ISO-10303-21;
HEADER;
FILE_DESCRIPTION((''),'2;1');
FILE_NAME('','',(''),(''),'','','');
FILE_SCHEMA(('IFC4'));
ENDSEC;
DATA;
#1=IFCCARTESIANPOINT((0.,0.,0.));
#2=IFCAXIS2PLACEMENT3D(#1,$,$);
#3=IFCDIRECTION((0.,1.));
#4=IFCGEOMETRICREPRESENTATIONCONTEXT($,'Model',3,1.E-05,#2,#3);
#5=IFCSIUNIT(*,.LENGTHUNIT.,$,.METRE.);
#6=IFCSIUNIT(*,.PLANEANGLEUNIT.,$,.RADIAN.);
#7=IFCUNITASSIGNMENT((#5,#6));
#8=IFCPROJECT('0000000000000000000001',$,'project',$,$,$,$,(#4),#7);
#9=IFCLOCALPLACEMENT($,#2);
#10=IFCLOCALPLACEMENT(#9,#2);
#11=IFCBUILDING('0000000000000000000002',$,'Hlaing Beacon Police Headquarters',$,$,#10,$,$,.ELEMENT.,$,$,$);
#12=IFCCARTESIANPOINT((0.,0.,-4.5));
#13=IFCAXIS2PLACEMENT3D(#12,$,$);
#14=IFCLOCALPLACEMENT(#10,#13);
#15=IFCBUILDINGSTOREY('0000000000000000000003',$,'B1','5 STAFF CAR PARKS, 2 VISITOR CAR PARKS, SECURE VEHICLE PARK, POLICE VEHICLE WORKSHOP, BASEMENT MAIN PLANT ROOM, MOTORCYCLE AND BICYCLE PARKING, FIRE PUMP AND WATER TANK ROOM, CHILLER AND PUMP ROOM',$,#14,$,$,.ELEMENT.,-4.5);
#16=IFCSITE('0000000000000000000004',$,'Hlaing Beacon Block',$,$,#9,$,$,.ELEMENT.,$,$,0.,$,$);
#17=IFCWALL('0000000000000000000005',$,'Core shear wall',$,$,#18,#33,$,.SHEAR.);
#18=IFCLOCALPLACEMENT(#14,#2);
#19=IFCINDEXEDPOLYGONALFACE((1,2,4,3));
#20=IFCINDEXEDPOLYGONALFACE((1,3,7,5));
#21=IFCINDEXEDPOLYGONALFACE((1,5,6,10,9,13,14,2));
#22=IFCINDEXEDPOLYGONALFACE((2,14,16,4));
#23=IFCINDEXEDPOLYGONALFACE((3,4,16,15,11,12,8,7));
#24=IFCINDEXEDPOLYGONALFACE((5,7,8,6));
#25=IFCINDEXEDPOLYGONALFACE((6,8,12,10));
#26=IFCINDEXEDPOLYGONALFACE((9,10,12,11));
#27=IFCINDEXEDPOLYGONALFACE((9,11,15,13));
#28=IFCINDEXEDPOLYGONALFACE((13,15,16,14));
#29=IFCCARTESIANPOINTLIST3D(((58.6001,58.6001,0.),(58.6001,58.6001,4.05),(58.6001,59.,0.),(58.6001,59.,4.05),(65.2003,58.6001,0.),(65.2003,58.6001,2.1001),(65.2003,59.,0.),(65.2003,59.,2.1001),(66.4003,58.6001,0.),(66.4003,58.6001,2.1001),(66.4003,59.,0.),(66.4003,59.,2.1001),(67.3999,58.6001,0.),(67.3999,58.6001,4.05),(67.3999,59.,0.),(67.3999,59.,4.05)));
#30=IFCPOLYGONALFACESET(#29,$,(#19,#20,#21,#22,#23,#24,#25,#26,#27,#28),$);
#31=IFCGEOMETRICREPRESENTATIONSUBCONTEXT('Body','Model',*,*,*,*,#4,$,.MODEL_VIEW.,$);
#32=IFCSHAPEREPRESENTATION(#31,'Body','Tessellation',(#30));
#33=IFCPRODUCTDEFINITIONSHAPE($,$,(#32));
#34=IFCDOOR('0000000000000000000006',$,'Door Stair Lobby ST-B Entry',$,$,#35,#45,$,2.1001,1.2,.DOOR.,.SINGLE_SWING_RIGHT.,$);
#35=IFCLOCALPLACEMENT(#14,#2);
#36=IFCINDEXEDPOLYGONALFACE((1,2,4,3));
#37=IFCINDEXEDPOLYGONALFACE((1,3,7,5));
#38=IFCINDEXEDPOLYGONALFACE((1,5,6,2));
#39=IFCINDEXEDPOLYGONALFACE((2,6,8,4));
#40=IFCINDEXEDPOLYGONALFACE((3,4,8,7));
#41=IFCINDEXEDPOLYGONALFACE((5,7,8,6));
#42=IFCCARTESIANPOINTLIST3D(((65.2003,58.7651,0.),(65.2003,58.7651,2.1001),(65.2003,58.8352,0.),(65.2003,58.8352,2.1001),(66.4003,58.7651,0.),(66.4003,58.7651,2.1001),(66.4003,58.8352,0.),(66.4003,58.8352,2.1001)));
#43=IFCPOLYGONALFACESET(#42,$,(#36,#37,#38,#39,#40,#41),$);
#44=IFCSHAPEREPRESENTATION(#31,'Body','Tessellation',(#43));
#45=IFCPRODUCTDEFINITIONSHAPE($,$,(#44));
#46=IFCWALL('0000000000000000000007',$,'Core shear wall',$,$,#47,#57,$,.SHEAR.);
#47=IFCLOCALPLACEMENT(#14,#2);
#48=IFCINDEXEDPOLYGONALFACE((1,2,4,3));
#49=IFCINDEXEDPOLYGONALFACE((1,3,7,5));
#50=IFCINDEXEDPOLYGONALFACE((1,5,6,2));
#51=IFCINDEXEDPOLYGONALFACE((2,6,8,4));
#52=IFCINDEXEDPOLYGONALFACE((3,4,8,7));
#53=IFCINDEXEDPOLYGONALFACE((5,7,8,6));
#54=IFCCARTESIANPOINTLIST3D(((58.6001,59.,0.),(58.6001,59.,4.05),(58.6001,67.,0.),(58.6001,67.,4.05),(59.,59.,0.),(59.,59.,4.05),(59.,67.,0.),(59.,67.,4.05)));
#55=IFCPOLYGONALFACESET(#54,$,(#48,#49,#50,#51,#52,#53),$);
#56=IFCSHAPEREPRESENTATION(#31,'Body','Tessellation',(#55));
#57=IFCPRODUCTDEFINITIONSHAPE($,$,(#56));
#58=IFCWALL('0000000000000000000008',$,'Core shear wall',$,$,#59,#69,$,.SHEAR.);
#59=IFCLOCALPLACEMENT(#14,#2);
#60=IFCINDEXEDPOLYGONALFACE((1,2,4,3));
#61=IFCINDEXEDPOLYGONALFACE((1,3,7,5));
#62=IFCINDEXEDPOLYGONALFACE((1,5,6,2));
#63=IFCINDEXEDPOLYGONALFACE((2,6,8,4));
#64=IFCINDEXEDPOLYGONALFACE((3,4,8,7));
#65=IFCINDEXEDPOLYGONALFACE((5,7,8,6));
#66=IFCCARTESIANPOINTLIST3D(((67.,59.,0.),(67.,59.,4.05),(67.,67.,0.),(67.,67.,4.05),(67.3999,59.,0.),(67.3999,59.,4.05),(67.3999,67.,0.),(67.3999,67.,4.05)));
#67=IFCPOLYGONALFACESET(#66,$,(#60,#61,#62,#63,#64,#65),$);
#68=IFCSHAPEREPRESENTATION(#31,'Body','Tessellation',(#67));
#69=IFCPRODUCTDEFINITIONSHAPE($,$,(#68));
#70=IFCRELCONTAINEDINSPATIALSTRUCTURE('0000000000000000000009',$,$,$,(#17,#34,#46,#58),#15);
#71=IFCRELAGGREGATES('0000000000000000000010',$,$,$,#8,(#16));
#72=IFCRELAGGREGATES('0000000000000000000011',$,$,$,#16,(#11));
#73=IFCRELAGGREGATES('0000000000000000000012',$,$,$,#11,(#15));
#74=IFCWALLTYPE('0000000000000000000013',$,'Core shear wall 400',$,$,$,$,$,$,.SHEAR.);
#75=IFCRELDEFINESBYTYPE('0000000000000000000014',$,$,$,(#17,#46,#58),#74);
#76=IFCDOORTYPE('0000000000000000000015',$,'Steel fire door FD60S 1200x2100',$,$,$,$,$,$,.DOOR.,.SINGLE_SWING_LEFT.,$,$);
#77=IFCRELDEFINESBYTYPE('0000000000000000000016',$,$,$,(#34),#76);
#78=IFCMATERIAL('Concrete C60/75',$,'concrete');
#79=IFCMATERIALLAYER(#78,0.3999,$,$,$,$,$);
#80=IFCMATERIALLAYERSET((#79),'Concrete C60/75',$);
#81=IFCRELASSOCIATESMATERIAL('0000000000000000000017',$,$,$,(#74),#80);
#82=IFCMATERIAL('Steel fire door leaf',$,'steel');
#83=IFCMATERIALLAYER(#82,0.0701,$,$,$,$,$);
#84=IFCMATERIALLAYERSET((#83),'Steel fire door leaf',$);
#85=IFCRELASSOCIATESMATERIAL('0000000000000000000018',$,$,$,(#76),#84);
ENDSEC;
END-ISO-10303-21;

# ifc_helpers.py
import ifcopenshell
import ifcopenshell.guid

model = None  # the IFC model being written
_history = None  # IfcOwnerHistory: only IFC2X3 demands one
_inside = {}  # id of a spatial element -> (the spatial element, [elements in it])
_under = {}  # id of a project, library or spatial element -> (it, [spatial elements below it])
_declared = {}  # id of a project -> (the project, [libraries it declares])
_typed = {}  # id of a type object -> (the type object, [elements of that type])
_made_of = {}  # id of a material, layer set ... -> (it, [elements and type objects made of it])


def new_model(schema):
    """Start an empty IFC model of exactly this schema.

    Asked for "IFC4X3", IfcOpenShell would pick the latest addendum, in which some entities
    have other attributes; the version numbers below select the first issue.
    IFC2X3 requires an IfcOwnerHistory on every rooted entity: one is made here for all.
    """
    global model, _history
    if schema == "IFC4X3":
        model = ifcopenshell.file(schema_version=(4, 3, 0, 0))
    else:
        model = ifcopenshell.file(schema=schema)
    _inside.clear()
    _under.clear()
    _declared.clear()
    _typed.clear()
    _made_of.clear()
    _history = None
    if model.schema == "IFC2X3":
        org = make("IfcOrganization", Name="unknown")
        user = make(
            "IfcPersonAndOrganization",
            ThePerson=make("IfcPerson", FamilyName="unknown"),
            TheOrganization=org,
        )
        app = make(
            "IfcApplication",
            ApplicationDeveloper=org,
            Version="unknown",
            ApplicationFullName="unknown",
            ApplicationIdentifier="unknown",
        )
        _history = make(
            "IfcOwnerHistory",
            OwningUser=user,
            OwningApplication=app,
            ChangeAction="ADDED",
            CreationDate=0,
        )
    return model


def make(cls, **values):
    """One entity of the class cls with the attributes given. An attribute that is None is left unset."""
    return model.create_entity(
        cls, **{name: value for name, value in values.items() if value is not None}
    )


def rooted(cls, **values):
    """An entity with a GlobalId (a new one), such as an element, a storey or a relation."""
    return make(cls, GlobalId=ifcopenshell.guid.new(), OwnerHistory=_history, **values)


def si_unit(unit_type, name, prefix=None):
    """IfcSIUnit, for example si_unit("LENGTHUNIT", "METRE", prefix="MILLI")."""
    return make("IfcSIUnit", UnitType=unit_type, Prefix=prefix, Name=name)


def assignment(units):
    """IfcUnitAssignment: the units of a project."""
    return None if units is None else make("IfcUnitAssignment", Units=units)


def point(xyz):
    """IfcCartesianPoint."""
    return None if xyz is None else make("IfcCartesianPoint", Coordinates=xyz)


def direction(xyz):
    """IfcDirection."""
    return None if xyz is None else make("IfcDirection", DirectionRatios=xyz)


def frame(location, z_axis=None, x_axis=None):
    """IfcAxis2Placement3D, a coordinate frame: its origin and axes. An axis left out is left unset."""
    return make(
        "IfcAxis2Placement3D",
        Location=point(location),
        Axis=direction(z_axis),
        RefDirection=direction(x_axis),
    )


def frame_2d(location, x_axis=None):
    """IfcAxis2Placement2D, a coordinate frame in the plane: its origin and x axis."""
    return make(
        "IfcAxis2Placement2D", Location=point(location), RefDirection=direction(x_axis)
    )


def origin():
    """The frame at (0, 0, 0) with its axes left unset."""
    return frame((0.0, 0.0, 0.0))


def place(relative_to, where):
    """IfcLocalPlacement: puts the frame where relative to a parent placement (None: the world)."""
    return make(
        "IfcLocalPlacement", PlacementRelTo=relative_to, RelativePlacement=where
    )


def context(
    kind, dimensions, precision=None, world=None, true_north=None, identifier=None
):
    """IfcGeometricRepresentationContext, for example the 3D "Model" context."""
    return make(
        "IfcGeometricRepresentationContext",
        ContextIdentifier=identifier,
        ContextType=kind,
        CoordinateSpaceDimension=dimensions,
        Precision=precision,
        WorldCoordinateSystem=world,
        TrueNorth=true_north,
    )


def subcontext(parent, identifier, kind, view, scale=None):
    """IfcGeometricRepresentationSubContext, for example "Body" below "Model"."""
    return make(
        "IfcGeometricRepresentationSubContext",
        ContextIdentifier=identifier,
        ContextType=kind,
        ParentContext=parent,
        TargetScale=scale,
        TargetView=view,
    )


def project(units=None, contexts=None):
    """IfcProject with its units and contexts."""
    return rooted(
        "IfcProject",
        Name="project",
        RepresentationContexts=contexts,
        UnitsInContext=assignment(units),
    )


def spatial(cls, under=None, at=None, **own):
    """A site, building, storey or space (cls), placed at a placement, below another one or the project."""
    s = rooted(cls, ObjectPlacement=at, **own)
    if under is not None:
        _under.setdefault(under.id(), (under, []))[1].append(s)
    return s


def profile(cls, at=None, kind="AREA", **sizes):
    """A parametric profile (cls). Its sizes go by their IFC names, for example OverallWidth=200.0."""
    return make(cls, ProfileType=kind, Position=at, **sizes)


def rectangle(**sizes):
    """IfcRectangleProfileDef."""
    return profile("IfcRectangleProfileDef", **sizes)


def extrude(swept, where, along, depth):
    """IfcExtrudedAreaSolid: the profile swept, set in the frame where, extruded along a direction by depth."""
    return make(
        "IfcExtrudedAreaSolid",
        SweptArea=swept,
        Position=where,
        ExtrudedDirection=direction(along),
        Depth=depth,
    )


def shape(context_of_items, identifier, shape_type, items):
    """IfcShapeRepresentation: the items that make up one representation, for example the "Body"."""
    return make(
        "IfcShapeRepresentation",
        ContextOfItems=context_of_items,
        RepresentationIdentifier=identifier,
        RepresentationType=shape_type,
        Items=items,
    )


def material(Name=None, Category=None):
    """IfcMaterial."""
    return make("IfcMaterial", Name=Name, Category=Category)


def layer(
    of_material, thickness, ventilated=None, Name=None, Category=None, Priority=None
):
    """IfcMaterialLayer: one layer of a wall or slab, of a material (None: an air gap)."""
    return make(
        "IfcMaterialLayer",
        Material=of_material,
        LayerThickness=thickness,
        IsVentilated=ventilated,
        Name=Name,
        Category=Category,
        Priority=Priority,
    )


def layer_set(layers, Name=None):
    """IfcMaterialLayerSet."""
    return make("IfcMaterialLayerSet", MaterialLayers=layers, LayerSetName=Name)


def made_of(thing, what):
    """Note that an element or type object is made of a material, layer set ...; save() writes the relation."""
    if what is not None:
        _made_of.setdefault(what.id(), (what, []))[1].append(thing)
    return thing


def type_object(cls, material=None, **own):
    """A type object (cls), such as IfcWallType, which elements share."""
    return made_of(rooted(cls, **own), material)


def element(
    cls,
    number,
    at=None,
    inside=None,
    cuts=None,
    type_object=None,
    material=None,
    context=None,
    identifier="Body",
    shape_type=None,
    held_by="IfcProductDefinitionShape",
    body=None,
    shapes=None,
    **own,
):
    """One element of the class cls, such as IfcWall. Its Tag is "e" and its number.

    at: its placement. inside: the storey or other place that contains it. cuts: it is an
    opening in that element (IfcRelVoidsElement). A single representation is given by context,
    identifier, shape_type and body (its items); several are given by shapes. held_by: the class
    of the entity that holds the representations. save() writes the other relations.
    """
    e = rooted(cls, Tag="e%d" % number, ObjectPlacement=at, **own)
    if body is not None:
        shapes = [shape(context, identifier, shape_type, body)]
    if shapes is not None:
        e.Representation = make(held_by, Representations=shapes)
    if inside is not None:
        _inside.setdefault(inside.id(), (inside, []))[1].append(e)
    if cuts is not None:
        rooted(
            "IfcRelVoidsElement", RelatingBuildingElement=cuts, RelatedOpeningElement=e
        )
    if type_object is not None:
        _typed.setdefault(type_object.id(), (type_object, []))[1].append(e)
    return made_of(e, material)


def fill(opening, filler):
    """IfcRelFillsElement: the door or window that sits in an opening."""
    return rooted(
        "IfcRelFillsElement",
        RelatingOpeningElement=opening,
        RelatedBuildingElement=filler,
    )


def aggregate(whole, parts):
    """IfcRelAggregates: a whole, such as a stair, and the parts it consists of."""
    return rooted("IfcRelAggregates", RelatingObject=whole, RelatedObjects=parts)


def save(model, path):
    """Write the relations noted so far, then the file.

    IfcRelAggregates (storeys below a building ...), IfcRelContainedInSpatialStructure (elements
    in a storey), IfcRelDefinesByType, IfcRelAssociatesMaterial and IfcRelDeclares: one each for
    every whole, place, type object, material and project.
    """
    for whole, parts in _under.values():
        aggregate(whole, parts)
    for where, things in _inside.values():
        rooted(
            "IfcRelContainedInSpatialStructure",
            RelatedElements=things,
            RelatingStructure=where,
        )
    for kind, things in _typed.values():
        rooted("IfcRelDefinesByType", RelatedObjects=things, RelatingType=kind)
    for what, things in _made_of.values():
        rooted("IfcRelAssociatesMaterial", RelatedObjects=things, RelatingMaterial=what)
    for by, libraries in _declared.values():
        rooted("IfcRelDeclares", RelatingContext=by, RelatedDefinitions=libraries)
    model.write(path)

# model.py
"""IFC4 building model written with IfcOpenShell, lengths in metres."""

from ifc_helpers import new_model, si_unit, direction, frame, frame_2d, origin, place, context, subcontext, project, spatial, rectangle, extrude, material, layer, layer_set, type_object, element, fill, save


model = new_model("IFC4")

# Units and contexts
model_context = context("Model", 3, precision=1e-05, world=origin(), true_north=direction((0.0, 1.0)))
body_context = subcontext(model_context, "Body", "Model", "MODEL_VIEW")
ifc_project = project(units=[si_unit("LENGTHUNIT", "METRE"), si_unit("PLANEANGLEUNIT", "RADIAN")], contexts=[model_context])

# Site, building, storey
site_placement = place(None, origin())
site = spatial("IfcSite", under=ifc_project, at=site_placement, Name="Hlaing Beacon Block", CompositionType="ELEMENT", RefElevation=0.0)
building_placement = place(site_placement, origin())
building = spatial("IfcBuilding", under=site, at=building_placement, Name="Hlaing Beacon Police Headquarters", CompositionType="ELEMENT")
storey_placement = place(building_placement, frame((0.0, 0.0, -4.5)))
storey = spatial("IfcBuildingStorey", under=building, at=storey_placement, Name="B1", Description="5 STAFF CAR PARKS, 2 VISITOR CAR PARKS, SECURE VEHICLE PARK, POLICE VEHICLE WORKSHOP, BASEMENT MAIN PLANT ROOM, MOTORCYCLE AND BICYCLE PARKING, FIRE PUMP AND WATER TANK ROOM, CHILLER AND PUMP ROOM", CompositionType="ELEMENT", Elevation=-4.5)

# Wall, opening, door
ifc_material_1 = material(Name="Concrete C60/75", Category="concrete")
ifc_layer_1 = layer(ifc_material_1, 0.3999)
ifc_layer_set_1 = layer_set([ifc_layer_1], Name="Concrete C60/75")
wall_type = type_object("IfcWallType", Name="Core shear wall 400", PredefinedType="SHEAR", material=ifc_layer_set_1)
ifc_material_2 = material(Name="Steel fire door leaf", Category="steel")
ifc_layer_2 = layer(ifc_material_2, 0.0701)
ifc_layer_set_2 = layer_set([ifc_layer_2], Name="Steel fire door leaf")
door_type = type_object("IfcDoorType", Name="Steel fire door FD60S 1200x2100", OperationType="SINGLE_SWING_LEFT", PredefinedType="DOOR", material=ifc_layer_set_2)
wall_1_placement = place(storey_placement, frame((58.6001, 58.8, 0.0), z_axis=(0.0, 0.0, 1.0), x_axis=(1.0, 0.0, 0.0)))
wall_1 = element("IfcWall", 1, at=wall_1_placement, inside=storey, type_object=wall_type, Name="Core shear wall", PredefinedType="SHEAR", context=body_context, shape_type="SweptSolid", body=[
    extrude(rectangle(XDim=8.7998, YDim=0.3999, at=frame_2d((4.3999, 0.0))), origin(), (0.0, 0.0, 1.0), 4.05),
])
opening_1_placement = place(wall_1_placement, frame((6.6001, 0.0, 0.0)))
opening_1 = element("IfcOpeningElement", 2, at=opening_1_placement, cuts=wall_1, PredefinedType="OPENING", context=body_context, shape_type="SweptSolid", body=[
    extrude(rectangle(XDim=1.2, YDim=2.1001, at=frame_2d((0.6001, 1.05))), frame((0.0, 0.21, 0.0), z_axis=(0.0, -1.0, 0.0), x_axis=(1.0, 0.0, 0.0)), (0.0, 0.0, 1.0), 0.4199),
])
door_1_placement = place(opening_1_placement, origin())
door_1 = element("IfcDoor", 3, at=door_1_placement, inside=storey, type_object=door_type, Name="Door Stair Lobby ST-B Entry", OperationType="SINGLE_SWING_RIGHT", OverallHeight=2.1001, OverallWidth=1.2, PredefinedType="DOOR", context=body_context, shape_type="SweptSolid", body=[
    extrude(rectangle(XDim=1.2, YDim=2.1001, at=frame_2d((0.6001, 1.05))), frame((0.0, 0.0352, 0.0), z_axis=(0.0, -1.0, 0.0), x_axis=(1.0, 0.0, 0.0)), (0.0, 0.0, 1.0), 0.0701),
])
fill(opening_1, door_1)

# Walls
for number, where, z_axis, x_axis, name in (
    (4, (58.8, 59.0, 0.0), (0.0, 0.0, 1.0), (0.0, 1.0, 0.0), "Core shear wall"),
    (5, (67.2, 59.0, 0.0), (0.0, 0.0, 1.0), (0.0, 1.0, 0.0), "Core shear wall"),
):
    element("IfcWall", number, at=place(storey_placement, frame(where, z_axis=z_axis, x_axis=x_axis)), inside=storey, type_object=wall_type, Name=name, PredefinedType="SHEAR", context=body_context, shape_type="SweptSolid", body=[
        extrude(rectangle(XDim=8.0, YDim=0.3999, at=frame_2d((4.0, 0.0))), origin(), (0.0, 0.0, 1.0), 4.05),
    ])

save(model, "model.ifc")
